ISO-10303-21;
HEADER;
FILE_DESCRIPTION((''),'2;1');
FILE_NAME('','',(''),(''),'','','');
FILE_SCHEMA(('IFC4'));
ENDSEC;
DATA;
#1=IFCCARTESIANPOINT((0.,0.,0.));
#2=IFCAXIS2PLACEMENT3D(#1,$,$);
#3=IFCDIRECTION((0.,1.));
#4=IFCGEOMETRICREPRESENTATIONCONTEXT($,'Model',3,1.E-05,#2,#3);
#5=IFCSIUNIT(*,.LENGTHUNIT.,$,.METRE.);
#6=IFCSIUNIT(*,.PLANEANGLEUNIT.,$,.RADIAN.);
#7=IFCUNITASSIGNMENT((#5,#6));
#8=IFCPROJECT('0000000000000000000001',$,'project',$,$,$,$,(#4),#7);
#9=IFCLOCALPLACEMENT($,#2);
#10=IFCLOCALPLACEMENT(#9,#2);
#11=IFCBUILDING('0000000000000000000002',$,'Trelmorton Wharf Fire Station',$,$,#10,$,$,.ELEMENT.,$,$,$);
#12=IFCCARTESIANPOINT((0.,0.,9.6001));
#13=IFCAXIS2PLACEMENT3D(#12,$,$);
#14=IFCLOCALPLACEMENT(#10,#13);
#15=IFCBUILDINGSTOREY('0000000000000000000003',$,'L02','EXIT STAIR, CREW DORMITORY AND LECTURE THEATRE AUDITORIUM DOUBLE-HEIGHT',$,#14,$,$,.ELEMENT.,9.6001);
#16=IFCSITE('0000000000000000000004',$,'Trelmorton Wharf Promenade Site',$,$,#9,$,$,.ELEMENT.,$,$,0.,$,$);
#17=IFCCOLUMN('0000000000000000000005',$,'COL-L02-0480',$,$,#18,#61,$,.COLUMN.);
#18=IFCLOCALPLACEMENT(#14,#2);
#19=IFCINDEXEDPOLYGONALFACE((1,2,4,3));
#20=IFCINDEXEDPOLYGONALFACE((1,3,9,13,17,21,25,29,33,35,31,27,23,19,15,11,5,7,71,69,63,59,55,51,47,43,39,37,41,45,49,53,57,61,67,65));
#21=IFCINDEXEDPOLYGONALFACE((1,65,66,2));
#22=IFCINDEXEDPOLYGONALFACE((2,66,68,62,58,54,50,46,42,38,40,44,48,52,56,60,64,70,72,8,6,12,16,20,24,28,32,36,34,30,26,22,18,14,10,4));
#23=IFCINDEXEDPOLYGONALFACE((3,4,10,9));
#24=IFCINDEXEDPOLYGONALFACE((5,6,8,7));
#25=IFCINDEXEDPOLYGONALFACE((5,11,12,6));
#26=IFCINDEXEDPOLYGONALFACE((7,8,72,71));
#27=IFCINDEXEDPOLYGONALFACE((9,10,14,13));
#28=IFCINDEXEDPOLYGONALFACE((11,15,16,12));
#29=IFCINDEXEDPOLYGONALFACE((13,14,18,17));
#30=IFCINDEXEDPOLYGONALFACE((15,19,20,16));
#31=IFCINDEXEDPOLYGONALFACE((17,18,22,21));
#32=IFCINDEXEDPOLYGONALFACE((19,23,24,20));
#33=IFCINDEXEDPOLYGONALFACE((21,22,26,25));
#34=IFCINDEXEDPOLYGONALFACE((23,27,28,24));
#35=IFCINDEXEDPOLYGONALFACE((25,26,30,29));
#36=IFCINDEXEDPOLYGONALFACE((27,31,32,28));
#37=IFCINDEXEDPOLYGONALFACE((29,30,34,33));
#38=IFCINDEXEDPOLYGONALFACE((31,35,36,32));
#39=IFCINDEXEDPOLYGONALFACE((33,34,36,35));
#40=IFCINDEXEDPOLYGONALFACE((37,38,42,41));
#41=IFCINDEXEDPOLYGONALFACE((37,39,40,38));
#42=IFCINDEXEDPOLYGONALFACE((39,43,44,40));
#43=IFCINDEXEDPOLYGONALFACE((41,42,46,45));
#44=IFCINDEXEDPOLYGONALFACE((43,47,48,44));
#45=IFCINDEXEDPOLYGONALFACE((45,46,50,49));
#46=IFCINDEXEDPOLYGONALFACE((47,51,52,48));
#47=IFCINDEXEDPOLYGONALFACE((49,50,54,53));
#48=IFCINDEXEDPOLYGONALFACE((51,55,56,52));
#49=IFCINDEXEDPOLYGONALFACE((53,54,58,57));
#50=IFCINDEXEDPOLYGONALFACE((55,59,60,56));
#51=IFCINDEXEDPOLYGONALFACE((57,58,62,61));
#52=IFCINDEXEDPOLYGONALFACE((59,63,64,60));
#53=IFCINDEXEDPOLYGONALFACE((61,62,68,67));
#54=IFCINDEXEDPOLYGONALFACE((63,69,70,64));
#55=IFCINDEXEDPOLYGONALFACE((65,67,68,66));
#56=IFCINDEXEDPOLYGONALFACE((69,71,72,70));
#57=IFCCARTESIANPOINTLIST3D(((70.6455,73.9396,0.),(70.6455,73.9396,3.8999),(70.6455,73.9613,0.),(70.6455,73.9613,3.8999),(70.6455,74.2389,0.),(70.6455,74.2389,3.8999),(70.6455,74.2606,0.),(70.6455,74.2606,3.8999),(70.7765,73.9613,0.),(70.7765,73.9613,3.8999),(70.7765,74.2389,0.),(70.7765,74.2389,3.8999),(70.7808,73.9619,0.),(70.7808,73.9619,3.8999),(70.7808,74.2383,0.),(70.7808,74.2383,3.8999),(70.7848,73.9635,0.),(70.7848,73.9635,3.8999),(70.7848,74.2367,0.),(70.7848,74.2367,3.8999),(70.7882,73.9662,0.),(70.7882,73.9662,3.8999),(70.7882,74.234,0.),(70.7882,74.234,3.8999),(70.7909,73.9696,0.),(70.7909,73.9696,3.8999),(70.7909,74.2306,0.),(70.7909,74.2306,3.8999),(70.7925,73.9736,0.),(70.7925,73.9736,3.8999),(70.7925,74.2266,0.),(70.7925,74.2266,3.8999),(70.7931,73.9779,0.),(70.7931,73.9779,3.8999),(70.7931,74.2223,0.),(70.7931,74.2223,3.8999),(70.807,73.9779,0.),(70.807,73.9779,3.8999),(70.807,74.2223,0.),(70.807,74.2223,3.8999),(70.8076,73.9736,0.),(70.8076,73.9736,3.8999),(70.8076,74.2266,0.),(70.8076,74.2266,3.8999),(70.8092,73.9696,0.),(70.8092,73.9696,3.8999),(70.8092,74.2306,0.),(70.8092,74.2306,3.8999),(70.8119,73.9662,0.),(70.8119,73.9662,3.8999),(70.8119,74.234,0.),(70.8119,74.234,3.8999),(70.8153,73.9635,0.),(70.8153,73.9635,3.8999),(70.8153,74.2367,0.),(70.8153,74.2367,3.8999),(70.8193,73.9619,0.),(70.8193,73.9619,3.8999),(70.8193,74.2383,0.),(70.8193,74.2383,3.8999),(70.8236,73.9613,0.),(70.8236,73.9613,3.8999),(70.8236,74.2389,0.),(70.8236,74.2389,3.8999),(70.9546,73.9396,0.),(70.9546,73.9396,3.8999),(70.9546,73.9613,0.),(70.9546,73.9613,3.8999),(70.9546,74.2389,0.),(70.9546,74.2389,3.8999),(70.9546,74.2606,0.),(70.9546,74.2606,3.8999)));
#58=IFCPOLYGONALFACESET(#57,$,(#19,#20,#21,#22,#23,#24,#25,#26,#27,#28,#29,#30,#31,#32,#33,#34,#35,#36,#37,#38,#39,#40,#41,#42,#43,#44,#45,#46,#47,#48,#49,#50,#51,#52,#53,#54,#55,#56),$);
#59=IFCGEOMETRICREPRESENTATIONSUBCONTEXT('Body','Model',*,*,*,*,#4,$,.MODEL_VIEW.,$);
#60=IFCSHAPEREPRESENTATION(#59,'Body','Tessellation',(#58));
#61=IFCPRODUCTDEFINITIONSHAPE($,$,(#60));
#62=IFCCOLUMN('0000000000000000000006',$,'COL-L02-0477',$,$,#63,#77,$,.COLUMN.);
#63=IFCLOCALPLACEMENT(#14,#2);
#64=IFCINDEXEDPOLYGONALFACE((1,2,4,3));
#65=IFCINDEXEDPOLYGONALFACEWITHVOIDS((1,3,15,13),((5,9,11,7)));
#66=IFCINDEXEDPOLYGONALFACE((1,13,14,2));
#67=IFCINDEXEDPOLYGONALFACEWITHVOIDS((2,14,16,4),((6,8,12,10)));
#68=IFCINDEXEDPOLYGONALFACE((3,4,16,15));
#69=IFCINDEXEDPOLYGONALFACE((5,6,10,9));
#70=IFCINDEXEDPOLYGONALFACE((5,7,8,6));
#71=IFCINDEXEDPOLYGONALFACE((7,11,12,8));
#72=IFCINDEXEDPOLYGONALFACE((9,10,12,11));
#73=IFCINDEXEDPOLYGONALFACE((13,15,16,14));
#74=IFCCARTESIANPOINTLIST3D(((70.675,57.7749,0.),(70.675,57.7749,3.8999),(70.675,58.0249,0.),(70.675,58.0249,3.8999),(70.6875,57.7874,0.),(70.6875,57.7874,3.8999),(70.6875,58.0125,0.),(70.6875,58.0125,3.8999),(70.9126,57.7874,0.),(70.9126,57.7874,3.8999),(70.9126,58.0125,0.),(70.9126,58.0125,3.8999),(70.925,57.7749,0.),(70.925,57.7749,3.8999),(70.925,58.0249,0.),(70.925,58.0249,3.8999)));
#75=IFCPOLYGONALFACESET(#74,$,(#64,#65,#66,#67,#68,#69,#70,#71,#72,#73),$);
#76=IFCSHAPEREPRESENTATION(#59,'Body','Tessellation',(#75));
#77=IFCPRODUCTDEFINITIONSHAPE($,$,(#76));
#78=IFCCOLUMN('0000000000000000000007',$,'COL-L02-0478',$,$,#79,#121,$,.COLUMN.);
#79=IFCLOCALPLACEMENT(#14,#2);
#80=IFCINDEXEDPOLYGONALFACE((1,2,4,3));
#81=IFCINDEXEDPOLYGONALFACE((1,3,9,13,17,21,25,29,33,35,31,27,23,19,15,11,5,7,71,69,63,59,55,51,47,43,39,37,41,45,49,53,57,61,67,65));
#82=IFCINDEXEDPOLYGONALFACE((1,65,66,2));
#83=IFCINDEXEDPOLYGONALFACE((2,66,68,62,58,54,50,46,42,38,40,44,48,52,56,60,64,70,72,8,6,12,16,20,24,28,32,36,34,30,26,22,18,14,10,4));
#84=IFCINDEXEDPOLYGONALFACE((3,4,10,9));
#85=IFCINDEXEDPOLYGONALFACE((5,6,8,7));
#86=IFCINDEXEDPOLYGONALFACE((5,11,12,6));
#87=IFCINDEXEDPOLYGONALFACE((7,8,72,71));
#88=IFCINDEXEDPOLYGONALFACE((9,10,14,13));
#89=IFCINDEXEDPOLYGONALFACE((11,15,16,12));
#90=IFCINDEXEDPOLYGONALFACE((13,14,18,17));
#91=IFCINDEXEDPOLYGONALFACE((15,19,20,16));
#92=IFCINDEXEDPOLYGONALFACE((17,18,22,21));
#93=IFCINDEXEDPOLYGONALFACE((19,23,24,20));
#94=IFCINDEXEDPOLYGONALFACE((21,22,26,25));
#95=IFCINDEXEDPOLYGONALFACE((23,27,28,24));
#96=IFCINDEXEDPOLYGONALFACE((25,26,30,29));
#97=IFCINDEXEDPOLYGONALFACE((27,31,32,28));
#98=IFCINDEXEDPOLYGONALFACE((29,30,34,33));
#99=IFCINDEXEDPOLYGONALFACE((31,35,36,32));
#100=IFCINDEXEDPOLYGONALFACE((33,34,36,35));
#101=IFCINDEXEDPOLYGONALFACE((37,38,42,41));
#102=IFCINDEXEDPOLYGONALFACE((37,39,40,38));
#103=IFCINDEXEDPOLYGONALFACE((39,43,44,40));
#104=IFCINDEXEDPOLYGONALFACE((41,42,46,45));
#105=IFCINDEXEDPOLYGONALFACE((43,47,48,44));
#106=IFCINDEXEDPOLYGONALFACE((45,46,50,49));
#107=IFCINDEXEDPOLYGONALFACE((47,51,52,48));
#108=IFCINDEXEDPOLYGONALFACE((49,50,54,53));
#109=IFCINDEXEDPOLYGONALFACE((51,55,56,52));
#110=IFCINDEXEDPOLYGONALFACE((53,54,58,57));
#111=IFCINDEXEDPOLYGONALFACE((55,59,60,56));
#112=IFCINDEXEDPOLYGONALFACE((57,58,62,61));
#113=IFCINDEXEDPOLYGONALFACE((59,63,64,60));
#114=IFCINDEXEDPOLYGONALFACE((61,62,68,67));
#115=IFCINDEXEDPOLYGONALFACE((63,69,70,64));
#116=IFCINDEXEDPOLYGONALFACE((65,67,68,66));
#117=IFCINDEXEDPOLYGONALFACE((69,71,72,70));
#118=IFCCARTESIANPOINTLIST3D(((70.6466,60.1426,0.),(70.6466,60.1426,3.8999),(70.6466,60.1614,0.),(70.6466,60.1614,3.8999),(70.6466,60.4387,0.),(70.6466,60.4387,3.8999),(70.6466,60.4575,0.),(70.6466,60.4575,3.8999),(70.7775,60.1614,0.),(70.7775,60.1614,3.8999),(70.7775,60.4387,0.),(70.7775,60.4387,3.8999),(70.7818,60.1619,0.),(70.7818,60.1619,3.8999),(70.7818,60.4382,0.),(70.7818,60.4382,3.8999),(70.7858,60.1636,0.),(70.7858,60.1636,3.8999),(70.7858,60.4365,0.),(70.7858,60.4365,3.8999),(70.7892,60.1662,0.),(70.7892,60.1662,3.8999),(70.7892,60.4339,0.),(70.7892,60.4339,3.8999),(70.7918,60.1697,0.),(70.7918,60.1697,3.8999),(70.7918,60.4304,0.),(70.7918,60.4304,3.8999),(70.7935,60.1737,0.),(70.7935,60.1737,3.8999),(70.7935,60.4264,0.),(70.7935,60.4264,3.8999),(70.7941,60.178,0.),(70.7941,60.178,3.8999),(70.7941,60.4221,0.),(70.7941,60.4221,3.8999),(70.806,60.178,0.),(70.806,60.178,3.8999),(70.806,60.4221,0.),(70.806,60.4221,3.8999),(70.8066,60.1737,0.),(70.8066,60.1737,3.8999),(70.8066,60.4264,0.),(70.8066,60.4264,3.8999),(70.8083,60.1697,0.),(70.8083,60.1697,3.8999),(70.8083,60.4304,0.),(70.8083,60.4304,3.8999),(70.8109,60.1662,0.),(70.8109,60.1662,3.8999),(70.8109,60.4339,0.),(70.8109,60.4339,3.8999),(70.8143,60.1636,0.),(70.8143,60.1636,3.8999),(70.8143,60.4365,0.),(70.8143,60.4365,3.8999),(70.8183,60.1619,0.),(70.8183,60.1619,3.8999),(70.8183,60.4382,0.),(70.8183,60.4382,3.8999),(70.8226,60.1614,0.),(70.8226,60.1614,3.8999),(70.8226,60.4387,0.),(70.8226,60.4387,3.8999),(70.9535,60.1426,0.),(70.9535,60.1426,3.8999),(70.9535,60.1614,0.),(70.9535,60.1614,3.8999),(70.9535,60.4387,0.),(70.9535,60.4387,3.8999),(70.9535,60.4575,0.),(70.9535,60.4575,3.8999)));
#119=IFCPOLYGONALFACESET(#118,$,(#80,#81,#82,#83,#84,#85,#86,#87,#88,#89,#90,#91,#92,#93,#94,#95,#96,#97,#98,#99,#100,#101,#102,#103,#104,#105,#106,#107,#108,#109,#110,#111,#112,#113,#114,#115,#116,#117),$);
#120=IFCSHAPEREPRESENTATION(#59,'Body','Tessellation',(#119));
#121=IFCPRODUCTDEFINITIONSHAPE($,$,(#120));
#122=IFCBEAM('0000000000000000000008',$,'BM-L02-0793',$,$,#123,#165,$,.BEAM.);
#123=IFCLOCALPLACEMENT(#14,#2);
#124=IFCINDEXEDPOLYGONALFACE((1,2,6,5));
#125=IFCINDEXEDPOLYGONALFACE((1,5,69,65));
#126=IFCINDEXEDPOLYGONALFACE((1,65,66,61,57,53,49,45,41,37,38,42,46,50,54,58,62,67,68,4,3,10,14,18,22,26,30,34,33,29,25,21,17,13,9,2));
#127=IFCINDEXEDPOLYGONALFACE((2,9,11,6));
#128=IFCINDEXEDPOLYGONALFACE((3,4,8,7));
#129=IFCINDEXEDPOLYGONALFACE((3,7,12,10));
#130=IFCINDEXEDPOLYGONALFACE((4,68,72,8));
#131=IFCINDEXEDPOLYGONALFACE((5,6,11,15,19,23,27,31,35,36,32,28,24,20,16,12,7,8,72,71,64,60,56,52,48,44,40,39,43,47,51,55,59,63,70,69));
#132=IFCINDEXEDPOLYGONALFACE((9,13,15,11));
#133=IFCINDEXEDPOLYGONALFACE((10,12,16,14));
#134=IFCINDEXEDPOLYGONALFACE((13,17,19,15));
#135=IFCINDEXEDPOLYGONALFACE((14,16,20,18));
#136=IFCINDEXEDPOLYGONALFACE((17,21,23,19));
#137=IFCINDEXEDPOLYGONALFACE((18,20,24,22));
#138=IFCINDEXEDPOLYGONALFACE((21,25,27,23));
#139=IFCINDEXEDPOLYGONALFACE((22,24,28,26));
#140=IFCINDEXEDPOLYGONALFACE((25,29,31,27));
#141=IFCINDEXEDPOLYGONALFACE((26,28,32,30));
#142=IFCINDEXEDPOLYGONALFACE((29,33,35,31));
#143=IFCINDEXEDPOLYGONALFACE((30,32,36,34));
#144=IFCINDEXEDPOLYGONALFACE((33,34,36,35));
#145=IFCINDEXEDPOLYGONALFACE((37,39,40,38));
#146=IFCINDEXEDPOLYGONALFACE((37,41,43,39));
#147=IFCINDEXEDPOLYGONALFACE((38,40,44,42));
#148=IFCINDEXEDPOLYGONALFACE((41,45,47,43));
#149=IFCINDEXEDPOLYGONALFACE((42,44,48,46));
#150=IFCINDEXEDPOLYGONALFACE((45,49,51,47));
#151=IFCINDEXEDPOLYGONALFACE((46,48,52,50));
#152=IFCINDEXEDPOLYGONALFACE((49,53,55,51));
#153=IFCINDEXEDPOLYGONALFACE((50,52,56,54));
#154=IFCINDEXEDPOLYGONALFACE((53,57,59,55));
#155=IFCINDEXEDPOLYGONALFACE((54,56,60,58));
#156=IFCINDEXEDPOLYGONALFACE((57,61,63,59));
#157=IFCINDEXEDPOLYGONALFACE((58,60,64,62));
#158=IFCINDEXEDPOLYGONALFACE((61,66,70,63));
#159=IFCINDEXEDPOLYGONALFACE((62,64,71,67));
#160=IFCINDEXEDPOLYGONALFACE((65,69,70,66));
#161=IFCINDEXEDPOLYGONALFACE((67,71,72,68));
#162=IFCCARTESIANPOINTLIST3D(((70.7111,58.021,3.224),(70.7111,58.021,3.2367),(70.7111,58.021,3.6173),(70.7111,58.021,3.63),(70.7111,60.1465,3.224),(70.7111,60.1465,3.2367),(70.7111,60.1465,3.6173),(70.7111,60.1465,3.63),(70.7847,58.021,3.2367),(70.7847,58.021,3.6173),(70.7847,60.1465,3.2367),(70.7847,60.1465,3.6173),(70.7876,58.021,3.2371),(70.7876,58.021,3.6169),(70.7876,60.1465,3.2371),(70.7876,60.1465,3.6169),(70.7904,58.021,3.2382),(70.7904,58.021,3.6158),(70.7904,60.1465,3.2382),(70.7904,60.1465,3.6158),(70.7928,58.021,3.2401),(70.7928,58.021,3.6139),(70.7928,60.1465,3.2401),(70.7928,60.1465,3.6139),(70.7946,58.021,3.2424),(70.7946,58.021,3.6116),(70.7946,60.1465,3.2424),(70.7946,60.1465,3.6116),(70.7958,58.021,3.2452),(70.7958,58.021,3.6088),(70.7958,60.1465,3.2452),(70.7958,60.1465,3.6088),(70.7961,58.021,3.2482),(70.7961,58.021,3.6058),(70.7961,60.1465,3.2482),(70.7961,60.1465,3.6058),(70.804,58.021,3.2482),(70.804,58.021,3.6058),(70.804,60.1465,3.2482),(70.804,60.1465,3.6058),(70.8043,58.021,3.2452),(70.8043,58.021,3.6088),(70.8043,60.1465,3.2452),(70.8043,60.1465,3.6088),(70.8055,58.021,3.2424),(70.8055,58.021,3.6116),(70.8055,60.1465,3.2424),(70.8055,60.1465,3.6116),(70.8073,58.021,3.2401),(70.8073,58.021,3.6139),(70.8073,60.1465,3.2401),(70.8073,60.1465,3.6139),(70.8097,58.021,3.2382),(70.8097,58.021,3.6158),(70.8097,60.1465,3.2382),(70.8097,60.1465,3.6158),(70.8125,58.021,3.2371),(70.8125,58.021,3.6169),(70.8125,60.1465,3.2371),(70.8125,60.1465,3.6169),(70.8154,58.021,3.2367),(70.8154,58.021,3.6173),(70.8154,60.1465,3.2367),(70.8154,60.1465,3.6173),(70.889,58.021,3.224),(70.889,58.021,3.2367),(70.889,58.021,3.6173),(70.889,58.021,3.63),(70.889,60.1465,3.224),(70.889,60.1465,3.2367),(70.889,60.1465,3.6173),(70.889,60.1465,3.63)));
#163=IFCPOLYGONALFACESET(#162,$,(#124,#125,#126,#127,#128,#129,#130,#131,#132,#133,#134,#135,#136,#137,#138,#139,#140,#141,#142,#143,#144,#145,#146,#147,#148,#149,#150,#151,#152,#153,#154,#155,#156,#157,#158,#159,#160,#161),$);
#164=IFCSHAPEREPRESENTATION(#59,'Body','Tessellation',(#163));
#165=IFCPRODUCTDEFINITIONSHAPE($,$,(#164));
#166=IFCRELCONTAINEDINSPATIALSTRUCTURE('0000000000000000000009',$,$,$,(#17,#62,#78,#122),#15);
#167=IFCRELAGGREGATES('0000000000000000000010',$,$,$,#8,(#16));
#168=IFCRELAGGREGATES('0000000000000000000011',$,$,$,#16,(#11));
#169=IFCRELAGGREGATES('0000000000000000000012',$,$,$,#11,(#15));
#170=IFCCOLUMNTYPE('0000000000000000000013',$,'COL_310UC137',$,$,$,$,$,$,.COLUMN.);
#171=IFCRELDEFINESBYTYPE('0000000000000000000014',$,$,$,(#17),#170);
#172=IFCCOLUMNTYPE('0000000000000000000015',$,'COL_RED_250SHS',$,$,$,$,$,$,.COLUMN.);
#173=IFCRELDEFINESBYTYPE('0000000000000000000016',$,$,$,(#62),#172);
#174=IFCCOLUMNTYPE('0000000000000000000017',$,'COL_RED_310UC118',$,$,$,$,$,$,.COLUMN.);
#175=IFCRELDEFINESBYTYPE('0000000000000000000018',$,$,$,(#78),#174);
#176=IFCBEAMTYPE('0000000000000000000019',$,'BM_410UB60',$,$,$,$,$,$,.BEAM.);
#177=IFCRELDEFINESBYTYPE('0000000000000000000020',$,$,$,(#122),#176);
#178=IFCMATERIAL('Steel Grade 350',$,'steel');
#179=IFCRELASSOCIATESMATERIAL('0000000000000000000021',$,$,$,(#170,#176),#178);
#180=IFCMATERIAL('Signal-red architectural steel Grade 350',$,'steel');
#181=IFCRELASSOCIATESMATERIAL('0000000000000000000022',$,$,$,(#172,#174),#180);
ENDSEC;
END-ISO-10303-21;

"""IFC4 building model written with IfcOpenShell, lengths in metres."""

from ifc_helpers import new_model, si_unit, direction, frame, origin, origin_2d, place, context, subcontext, project, spatial, hollow_rectangle, i_section, extrude, material, material_profile, profile_set, type_object, element, save


model = new_model("IFC4")

# Units and contexts
model_context = context("Model", 3, precision=1e-05, world=origin(), true_north=direction((0.0, 1.0)))
body_context = subcontext(model_context, "Body", "Model", "MODEL_VIEW")
ifc_project = project(units=[si_unit("LENGTHUNIT", "METRE"), si_unit("PLANEANGLEUNIT", "RADIAN")], contexts=[model_context])

# Site, building, storey
site_placement = place(None, origin())
site = spatial("IfcSite", under=ifc_project, at=site_placement, Name="Trelmorton Wharf Promenade Site", CompositionType="ELEMENT", RefElevation=0.0)
building_placement = place(site_placement, origin())
building = spatial("IfcBuilding", under=site, at=building_placement, Name="Trelmorton Wharf Fire Station", CompositionType="ELEMENT")
storey_placement = place(building_placement, frame((0.0, 0.0, 9.6001)))
storey = spatial("IfcBuildingStorey", under=building, at=storey_placement, Name="L02", Description="EXIT STAIR, CREW DORMITORY AND LECTURE THEATRE AUDITORIUM DOUBLE-HEIGHT", CompositionType="ELEMENT", Elevation=9.6001)

# Columns
ifc_material_1 = material(Name="Steel Grade 350", Category="steel")
ifc_material_profile_1 = material_profile(ifc_material_1, i_section(OverallWidth=0.3091, OverallDepth=0.321, WebThickness=0.0139, FlangeThickness=0.0217, FilletRadius=0.0166, at=origin_2d()), Name="310UC137")
ifc_profile_set_1 = profile_set([ifc_material_profile_1], Name="Steel Grade 350")
column_type_1 = type_object("IfcColumnType", Name="COL_310UC137", PredefinedType="COLUMN", material=ifc_profile_set_1)
for number, where, z_axis, x_axis, name in (
    (1, (70.8, 74.1001, 0.0), (0.0, 0.0, 1.0), (1.0, 0.0, 0.0), "COL-L02-0480"),
):
    element("IfcColumn", number, at=place(storey_placement, frame(where, z_axis=z_axis, x_axis=x_axis)), inside=storey, type_object=column_type_1, Name=name, PredefinedType="COLUMN", context=body_context, shape_type="SweptSolid", body=[
        extrude(i_section(OverallWidth=0.3091, OverallDepth=0.321, WebThickness=0.0139, FlangeThickness=0.0217, FilletRadius=0.0166, at=origin_2d()), origin(), (0.0, 0.0, 1.0), 3.8999),
    ])
ifc_material_2 = material(Name="Signal-red architectural steel Grade 350", Category="steel")
ifc_material_profile_2 = material_profile(ifc_material_2, hollow_rectangle(XDim=0.25, YDim=0.25, WallThickness=0.0125, at=origin_2d()), Name="250x250x12.5SHS")
ifc_profile_set_2 = profile_set([ifc_material_profile_2], Name="Signal-red architectural steel Grade 350")
column_type_2 = type_object("IfcColumnType", Name="COL_RED_250SHS", PredefinedType="COLUMN", material=ifc_profile_set_2)
column_1_placement = place(storey_placement, frame((70.8, 57.8999, 0.0), z_axis=(0.0, 0.0, 1.0), x_axis=(1.0, 0.0, 0.0)))
element("IfcColumn", 2, at=column_1_placement, inside=storey, type_object=column_type_2, Name="COL-L02-0477", PredefinedType="COLUMN", context=body_context, shape_type="SweptSolid", body=[
    extrude(hollow_rectangle(XDim=0.25, YDim=0.25, WallThickness=0.0125, at=origin_2d()), origin(), (0.0, 0.0, 1.0), 3.8999),
])
ifc_material_profile_3 = material_profile(ifc_material_2, i_section(OverallWidth=0.3069, OverallDepth=0.3149, WebThickness=0.012, FlangeThickness=0.0188, FilletRadius=0.0166, at=origin_2d()), Name="310UC118")
ifc_profile_set_3 = profile_set([ifc_material_profile_3], Name="Signal-red architectural steel Grade 350")
column_type_3 = type_object("IfcColumnType", Name="COL_RED_310UC118", PredefinedType="COLUMN", material=ifc_profile_set_3)
column_2_placement = place(storey_placement, frame((70.8, 60.3, 0.0), z_axis=(0.0, 0.0, 1.0), x_axis=(1.0, 0.0, 0.0)))
element("IfcColumn", 3, at=column_2_placement, inside=storey, type_object=column_type_3, Name="COL-L02-0478", PredefinedType="COLUMN", context=body_context, shape_type="SweptSolid", body=[
    extrude(i_section(OverallWidth=0.3069, OverallDepth=0.3149, WebThickness=0.012, FlangeThickness=0.0188, FilletRadius=0.0166, at=origin_2d()), origin(), (0.0, 0.0, 1.0), 3.8999),
])

# Beam
ifc_material_profile_4 = material_profile(ifc_material_1, i_section(OverallWidth=0.178, OverallDepth=0.406, WebThickness=0.0078, FlangeThickness=0.0127, FilletRadius=0.0115, at=origin_2d()), Name="410UB59.7")
ifc_profile_set_4 = profile_set([ifc_material_profile_4], Name="Steel Grade 350")
beam_type_1 = type_object("IfcBeamType", Name="BM_410UB60", PredefinedType="BEAM", material=ifc_profile_set_4)
beam_1_placement = place(storey_placement, frame((70.8, 58.021, 3.427), z_axis=(0.0, 1.0, 0.0), x_axis=(-1.0, 0.0, 0.0)))
element("IfcBeam", 4, at=beam_1_placement, inside=storey, type_object=beam_type_1, Name="BM-L02-0793", PredefinedType="BEAM", context=body_context, shape_type="SweptSolid", body=[
    extrude(i_section(OverallWidth=0.178, OverallDepth=0.406, WebThickness=0.0078, FlangeThickness=0.0127, FilletRadius=0.0115, at=origin_2d()), origin(), (0.0, 0.0, 1.0), 2.1255),
])

save(model, "model.ifc")
